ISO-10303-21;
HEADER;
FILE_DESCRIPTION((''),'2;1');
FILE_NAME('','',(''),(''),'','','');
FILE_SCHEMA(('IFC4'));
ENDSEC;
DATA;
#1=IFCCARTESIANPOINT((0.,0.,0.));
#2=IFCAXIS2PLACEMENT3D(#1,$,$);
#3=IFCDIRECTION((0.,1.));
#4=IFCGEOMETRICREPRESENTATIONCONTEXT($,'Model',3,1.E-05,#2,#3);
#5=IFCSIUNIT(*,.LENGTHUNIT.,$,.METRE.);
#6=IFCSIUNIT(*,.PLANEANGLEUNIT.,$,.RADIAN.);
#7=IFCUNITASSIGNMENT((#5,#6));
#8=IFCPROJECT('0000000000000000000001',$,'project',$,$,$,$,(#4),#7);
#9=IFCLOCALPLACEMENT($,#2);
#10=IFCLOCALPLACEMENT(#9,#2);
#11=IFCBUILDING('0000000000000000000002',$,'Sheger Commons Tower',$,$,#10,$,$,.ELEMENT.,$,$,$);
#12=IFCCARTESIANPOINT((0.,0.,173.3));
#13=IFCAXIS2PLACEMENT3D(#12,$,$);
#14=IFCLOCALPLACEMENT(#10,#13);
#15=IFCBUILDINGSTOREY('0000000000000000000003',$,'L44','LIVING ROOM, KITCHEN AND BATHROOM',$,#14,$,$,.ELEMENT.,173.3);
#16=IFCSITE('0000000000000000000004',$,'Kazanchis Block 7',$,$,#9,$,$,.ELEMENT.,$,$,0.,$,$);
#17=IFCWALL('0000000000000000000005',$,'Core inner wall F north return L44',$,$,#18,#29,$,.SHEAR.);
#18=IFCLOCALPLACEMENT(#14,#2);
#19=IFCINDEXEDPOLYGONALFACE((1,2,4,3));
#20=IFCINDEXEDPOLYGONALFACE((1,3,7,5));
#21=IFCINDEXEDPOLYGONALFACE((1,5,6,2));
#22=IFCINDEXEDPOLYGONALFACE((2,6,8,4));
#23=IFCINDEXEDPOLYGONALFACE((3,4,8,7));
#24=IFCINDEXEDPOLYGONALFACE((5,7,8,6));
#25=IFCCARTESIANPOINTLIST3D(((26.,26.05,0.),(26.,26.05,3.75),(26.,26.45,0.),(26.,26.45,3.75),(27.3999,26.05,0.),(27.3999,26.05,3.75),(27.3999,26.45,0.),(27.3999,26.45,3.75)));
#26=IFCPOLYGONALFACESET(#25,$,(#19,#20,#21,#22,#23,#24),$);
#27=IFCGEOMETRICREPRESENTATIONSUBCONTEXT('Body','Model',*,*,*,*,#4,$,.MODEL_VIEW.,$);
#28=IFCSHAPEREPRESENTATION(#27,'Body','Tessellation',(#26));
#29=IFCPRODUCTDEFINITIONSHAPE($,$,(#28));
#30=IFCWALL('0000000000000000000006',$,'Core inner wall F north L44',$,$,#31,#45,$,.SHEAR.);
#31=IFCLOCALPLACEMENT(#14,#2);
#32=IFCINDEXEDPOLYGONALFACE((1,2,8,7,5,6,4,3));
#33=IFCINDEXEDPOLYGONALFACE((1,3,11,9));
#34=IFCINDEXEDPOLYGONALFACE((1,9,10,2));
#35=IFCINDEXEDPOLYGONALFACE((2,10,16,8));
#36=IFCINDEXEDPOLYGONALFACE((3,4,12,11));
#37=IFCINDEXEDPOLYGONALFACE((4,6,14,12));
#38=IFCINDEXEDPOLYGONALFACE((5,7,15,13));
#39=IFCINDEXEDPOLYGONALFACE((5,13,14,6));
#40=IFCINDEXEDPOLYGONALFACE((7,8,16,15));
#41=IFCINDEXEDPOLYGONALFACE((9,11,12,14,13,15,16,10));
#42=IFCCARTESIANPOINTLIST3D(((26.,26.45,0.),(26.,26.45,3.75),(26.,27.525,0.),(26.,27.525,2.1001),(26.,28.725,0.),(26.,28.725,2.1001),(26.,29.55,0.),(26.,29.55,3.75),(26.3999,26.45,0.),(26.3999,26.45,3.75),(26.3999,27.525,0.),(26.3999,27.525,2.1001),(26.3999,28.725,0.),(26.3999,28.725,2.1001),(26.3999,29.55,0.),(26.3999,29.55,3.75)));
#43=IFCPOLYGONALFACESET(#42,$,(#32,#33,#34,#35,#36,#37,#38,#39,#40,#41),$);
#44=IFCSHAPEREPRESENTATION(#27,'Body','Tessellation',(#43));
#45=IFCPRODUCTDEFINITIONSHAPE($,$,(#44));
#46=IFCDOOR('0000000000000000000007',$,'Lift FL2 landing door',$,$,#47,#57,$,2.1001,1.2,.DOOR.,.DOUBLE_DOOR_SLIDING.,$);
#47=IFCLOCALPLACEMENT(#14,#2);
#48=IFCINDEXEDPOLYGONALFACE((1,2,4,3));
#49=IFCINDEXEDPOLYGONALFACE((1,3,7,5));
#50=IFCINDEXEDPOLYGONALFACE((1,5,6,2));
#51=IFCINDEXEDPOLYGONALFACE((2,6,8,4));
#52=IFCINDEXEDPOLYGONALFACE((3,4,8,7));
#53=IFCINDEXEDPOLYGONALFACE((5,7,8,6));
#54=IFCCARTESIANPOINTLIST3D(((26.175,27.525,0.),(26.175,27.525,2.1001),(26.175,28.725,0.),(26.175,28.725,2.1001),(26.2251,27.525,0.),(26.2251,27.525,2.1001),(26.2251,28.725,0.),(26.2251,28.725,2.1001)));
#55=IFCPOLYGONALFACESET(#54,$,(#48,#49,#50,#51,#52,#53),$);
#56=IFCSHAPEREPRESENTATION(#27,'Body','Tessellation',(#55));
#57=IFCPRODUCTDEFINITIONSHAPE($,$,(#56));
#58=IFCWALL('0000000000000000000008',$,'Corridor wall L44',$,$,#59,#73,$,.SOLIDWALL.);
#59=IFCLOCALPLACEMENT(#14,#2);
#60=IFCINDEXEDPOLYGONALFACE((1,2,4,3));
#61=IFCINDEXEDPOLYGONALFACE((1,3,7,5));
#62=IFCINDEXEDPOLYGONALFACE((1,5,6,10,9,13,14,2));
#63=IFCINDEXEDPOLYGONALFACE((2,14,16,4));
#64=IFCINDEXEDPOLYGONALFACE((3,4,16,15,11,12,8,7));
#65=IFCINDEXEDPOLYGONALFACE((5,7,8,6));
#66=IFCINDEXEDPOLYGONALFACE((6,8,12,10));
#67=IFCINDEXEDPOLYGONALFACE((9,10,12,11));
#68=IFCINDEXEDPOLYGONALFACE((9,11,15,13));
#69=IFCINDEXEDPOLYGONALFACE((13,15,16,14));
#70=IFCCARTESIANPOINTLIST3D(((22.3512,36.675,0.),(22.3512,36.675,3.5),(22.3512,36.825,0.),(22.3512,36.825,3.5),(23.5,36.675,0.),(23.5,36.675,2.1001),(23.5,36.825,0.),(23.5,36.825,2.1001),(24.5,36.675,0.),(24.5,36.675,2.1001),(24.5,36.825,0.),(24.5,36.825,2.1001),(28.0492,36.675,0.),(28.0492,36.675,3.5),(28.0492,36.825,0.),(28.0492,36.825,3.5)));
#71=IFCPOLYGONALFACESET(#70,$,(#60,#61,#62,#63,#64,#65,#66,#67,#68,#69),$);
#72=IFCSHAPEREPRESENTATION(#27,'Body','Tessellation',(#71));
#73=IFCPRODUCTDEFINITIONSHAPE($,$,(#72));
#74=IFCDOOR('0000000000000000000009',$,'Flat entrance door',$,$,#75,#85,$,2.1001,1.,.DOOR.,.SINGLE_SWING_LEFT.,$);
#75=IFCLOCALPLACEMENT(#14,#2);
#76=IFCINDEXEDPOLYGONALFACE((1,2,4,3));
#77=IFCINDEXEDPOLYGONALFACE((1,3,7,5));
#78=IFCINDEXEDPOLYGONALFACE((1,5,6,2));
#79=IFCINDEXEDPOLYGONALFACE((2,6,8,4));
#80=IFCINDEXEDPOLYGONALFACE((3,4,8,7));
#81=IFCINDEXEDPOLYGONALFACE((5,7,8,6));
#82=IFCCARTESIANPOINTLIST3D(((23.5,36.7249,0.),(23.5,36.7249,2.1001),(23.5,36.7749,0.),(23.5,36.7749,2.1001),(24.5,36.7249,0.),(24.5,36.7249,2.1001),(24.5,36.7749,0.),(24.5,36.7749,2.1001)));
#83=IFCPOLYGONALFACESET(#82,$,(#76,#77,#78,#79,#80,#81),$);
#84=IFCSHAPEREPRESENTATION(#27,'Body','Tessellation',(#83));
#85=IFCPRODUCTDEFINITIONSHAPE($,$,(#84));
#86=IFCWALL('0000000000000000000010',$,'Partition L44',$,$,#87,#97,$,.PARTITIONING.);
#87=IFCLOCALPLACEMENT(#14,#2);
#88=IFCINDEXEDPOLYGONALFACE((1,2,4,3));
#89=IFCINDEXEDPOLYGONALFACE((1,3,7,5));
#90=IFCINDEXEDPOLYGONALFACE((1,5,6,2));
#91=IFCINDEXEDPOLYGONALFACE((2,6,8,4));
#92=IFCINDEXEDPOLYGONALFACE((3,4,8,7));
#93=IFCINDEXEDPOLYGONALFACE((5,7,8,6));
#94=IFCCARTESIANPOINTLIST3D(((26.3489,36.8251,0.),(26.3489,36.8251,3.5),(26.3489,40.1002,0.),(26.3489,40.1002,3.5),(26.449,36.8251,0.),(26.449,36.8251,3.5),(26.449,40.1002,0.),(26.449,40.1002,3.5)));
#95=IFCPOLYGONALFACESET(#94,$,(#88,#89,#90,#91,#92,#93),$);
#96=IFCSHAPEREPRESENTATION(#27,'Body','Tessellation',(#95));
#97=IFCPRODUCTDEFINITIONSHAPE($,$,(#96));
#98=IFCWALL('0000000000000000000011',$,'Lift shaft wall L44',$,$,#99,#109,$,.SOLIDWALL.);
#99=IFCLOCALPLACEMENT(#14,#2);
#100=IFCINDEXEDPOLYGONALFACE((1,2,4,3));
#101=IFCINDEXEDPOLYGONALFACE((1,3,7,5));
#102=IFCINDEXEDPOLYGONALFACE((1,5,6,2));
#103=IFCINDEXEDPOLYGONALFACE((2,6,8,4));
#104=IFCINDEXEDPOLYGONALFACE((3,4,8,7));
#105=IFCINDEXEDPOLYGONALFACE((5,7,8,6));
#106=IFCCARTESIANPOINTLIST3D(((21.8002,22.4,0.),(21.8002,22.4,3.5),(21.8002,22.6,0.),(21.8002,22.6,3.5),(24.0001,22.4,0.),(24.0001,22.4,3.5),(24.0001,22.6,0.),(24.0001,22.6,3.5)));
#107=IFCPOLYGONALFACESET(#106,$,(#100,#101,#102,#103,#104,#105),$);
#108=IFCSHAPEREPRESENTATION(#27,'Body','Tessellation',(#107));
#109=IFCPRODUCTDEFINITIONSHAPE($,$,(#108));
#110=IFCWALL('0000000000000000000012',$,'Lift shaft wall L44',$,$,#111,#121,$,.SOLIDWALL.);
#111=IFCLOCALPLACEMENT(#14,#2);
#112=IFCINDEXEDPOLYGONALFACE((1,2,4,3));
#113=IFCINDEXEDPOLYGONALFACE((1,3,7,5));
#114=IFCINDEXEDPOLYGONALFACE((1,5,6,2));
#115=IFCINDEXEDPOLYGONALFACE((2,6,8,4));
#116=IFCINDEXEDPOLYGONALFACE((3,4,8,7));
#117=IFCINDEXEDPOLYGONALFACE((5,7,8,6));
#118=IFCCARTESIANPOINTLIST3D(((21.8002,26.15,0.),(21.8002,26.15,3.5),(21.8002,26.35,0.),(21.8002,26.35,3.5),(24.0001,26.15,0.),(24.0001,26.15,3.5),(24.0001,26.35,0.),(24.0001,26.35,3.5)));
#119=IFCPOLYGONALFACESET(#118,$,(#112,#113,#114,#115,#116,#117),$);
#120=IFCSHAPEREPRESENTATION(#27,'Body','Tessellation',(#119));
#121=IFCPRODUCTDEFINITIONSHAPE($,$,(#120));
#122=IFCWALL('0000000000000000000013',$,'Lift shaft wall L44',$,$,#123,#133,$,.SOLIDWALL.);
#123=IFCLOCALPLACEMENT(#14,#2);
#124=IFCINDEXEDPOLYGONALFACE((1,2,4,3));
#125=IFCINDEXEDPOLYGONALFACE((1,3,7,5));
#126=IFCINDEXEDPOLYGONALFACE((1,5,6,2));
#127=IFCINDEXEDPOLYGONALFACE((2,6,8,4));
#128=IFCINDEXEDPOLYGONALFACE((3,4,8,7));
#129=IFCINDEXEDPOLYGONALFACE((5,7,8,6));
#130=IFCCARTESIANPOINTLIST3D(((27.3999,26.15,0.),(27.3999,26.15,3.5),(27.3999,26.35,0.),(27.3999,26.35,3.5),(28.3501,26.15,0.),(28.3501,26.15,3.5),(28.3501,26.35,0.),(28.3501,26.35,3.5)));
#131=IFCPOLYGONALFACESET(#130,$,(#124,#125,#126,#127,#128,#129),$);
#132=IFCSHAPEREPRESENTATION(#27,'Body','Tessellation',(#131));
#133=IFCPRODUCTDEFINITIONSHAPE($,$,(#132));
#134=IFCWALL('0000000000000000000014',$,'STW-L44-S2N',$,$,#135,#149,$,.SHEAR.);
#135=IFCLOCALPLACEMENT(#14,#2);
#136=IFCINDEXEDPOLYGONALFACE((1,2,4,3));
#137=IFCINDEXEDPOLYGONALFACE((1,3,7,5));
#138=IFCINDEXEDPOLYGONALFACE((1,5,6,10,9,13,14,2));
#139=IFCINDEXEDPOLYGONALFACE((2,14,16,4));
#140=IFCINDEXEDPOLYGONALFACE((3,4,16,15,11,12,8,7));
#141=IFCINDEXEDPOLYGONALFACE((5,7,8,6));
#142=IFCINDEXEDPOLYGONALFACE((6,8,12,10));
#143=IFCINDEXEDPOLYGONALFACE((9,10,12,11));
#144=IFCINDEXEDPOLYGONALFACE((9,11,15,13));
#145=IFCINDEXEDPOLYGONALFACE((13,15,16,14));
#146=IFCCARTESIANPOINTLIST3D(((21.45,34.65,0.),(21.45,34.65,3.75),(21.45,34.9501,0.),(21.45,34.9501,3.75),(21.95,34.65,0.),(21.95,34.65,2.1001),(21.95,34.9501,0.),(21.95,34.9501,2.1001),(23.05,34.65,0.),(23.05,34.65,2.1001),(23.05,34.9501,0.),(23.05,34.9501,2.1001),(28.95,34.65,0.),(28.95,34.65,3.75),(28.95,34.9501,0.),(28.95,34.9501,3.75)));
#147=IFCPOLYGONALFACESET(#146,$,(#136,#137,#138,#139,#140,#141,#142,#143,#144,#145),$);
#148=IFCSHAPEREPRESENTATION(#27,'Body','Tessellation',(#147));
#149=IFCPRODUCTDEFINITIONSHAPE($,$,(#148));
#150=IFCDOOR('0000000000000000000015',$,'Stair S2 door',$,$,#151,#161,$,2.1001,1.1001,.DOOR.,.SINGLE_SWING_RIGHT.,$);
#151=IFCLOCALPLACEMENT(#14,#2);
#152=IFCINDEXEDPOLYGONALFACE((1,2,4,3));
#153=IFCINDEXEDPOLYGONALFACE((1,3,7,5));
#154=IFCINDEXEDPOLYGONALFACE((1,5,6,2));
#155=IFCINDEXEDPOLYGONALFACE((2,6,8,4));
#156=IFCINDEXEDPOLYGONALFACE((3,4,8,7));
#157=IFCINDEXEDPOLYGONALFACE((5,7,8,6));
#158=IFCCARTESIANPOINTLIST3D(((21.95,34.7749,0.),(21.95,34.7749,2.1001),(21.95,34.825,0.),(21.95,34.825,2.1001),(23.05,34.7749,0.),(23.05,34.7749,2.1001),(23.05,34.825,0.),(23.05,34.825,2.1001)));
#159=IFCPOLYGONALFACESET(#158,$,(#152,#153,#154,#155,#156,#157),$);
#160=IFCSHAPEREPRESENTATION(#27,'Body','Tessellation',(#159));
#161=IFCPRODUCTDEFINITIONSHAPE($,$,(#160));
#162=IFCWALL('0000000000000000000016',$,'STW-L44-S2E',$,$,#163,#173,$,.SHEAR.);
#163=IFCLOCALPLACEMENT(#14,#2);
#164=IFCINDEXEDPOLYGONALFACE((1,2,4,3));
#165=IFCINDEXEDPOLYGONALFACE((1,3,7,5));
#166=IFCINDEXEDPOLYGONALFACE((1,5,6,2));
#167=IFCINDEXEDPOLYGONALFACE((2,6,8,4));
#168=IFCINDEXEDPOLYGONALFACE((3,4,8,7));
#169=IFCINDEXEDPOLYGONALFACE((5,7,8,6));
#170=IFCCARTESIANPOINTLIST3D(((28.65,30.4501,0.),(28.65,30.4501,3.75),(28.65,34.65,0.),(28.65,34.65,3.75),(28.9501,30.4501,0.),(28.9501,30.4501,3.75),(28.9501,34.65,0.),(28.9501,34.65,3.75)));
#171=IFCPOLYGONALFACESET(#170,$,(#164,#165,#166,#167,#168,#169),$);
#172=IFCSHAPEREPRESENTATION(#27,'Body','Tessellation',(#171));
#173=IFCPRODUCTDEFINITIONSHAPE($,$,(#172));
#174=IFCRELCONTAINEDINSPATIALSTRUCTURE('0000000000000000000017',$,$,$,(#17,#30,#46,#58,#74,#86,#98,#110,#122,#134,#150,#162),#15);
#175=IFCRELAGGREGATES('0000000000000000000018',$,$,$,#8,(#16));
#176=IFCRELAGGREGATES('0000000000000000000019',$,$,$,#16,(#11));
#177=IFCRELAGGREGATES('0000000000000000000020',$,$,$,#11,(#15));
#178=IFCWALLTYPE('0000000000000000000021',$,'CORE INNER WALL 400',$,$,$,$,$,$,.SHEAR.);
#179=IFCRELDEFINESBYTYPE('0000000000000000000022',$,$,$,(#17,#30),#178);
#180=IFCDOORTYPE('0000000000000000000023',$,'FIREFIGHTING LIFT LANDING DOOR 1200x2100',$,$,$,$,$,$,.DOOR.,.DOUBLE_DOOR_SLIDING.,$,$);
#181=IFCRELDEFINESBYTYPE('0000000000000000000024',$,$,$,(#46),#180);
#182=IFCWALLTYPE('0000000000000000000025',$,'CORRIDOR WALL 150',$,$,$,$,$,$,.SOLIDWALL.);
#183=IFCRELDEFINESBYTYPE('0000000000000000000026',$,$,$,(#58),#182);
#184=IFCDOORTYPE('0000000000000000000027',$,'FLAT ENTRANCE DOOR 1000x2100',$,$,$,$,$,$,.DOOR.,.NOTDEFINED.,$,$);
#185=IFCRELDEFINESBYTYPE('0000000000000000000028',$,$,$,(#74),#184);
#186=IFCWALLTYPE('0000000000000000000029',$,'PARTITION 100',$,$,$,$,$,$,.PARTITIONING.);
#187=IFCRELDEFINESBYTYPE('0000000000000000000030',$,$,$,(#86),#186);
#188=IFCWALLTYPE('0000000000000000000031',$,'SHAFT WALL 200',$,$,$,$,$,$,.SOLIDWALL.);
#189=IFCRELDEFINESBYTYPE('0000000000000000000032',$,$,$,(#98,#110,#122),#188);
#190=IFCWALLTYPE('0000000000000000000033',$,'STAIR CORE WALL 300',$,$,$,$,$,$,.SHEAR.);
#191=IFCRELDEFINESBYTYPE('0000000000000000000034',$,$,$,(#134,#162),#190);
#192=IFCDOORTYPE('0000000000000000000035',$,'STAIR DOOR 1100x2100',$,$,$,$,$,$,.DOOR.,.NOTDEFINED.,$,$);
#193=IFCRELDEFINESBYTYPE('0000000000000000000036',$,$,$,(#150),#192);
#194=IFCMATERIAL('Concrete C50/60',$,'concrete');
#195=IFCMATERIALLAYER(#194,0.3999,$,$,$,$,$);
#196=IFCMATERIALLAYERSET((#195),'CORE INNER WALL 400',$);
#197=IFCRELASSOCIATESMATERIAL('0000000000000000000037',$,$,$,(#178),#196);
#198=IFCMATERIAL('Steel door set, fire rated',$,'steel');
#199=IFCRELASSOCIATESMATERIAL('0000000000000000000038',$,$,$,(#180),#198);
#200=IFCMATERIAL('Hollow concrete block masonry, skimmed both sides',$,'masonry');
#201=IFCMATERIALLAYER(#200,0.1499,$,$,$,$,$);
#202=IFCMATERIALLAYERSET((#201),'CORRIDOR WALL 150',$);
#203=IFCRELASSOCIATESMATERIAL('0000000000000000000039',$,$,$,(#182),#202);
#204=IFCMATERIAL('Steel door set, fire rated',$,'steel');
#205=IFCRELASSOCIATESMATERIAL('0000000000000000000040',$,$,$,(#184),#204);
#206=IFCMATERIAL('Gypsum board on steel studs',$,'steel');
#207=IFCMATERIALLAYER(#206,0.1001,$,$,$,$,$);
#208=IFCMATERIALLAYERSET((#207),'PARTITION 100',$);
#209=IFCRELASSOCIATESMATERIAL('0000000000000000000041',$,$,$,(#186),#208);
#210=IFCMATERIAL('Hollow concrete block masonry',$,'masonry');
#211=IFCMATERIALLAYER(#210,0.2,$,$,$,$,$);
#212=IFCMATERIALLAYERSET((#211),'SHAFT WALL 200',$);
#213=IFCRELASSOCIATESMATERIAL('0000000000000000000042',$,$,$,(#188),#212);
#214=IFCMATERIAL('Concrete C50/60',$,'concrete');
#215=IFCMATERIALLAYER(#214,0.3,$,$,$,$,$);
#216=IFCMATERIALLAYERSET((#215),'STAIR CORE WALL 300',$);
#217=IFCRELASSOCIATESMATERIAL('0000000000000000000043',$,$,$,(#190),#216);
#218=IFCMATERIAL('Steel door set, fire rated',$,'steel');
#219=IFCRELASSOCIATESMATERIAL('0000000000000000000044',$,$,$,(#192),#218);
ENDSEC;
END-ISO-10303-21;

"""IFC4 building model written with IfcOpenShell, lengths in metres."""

from ifc_helpers import new_model, si_unit, direction, frame, frame_2d, origin, place, context, subcontext, project, spatial, rectangle, extrude, material, layer, layer_set, type_object, element, fill, save


model = new_model("IFC4")

# Units and contexts
model_context = context("Model", 3, precision=1e-05, world=origin(), true_north=direction((0.0, 1.0)))
body_context = subcontext(model_context, "Body", "Model", "MODEL_VIEW")
ifc_project = project(units=[si_unit("LENGTHUNIT", "METRE"), si_unit("PLANEANGLEUNIT", "RADIAN")], contexts=[model_context])

# Site, building, storey
site_placement = place(None, origin())
site = spatial("IfcSite", under=ifc_project, at=site_placement, Name="Kazanchis Block 7", CompositionType="ELEMENT", RefElevation=0.0)
building_placement = place(site_placement, origin())
building = spatial("IfcBuilding", under=site, at=building_placement, Name="Sheger Commons Tower", CompositionType="ELEMENT")
storey_placement = place(building_placement, frame((0.0, 0.0, 173.3)))
storey = spatial("IfcBuildingStorey", under=building, at=storey_placement, Name="L44", Description="LIVING ROOM, KITCHEN AND BATHROOM", CompositionType="ELEMENT", Elevation=173.3)

# Wall
ifc_material_1 = material(Name="Concrete C50/60", Category="concrete")
ifc_layer_1 = layer(ifc_material_1, 0.3999)
ifc_layer_set_1 = layer_set([ifc_layer_1], Name="CORE INNER WALL 400")
wall_type_1 = type_object("IfcWallType", Name="CORE INNER WALL 400", PredefinedType="SHEAR", material=ifc_layer_set_1)
wall_1_placement = place(storey_placement, frame((26.0, 26.25, 0.0), z_axis=(0.0, 0.0, 1.0), x_axis=(1.0, 0.0, 0.0)))
element("IfcWall", 1, at=wall_1_placement, inside=storey, type_object=wall_type_1, Name="Core inner wall F north return L44", PredefinedType="SHEAR", context=body_context, shape_type="SweptSolid", body=[
    extrude(rectangle(XDim=1.3999, YDim=0.3999, at=frame_2d((0.7, 0.0))), origin(), (0.0, 0.0, 1.0), 3.75),
])

# Walls, openings, doors
wall_2_placement = place(storey_placement, frame((26.2, 26.45, 0.0), z_axis=(0.0, 0.0, 1.0), x_axis=(0.0, 1.0, 0.0)))
wall_2 = element("IfcWall", 2, at=wall_2_placement, inside=storey, type_object=wall_type_1, Name="Core inner wall F north L44", PredefinedType="SHEAR", context=body_context, shape_type="SweptSolid", body=[
    extrude(rectangle(XDim=3.1001, YDim=0.3999, at=frame_2d((1.55, 0.0))), origin(), (0.0, 0.0, 1.0), 3.75),
])
opening_1_placement = place(wall_2_placement, frame((1.075, 0.0, 0.0)))
opening_1 = element("IfcOpeningElement", 3, at=opening_1_placement, cuts=wall_2, PredefinedType="OPENING", context=body_context, shape_type="SweptSolid", body=[
    extrude(rectangle(XDim=1.2, YDim=2.1001, at=frame_2d((0.6001, 1.05))), frame((0.0, 0.21, 0.0), z_axis=(0.0, -1.0, 0.0), x_axis=(1.0, 0.0, 0.0)), (0.0, 0.0, 1.0), 0.4199),
])
ifc_material_2 = material(Name="Steel door set, fire rated", Category="steel")
door_type_1 = type_object("IfcDoorType", Name="FIREFIGHTING LIFT LANDING DOOR 1200x2100", OperationType="DOUBLE_DOOR_SLIDING", PredefinedType="DOOR", material=ifc_material_2)
door_1_placement = place(opening_1_placement, origin())
door_1 = element("IfcDoor", 4, at=door_1_placement, inside=storey, type_object=door_type_1, Name="Lift FL2 landing door", OperationType="DOUBLE_DOOR_SLIDING", OverallHeight=2.1001, OverallWidth=1.2, PredefinedType="DOOR", context=body_context, shape_type="SweptSolid", body=[
    extrude(rectangle(XDim=1.2, YDim=2.1001, at=frame_2d((0.6001, 1.05))), frame((0.0, 0.0249, 0.0), z_axis=(0.0, -1.0, 0.0), x_axis=(1.0, 0.0, 0.0)), (0.0, 0.0, 1.0), 0.05),
])
fill(opening_1, door_1)
ifc_material_3 = material(Name="Hollow concrete block masonry, skimmed both sides", Category="masonry")
ifc_layer_2 = layer(ifc_material_3, 0.1499)
ifc_layer_set_2 = layer_set([ifc_layer_2], Name="CORRIDOR WALL 150")
wall_type_2 = type_object("IfcWallType", Name="CORRIDOR WALL 150", PredefinedType="SOLIDWALL", material=ifc_layer_set_2)
wall_3_placement = place(storey_placement, frame((22.3511, 36.75, 0.0), z_axis=(0.0, 0.0, 1.0), x_axis=(1.0, 0.0, 0.0)))
wall_3 = element("IfcWall", 5, at=wall_3_placement, inside=storey, type_object=wall_type_2, Name="Corridor wall L44", PredefinedType="SOLIDWALL", context=body_context, shape_type="SweptSolid", body=[
    extrude(rectangle(XDim=5.698, YDim=0.1499, at=frame_2d((2.8491, 0.0))), origin(), (0.0, 0.0, 1.0), 3.5),
])
opening_2_placement = place(wall_3_placement, frame((1.1489, 0.0, 0.0)))
opening_2 = element("IfcOpeningElement", 6, at=opening_2_placement, cuts=wall_3, PredefinedType="OPENING", context=body_context, shape_type="SweptSolid", body=[
    extrude(rectangle(XDim=1.0, YDim=2.1001, at=frame_2d((0.5, 1.05))), frame((0.0, 0.085, 0.0), z_axis=(0.0, -1.0, 0.0), x_axis=(1.0, 0.0, 0.0)), (0.0, 0.0, 1.0), 0.1699),
])
ifc_material_4 = material(Name="Steel door set, fire rated", Category="steel")
door_type_2 = type_object("IfcDoorType", Name="FLAT ENTRANCE DOOR 1000x2100", OperationType="NOTDEFINED", PredefinedType="DOOR", material=ifc_material_4)
door_2_placement = place(opening_2_placement, origin())
door_2 = element("IfcDoor", 7, at=door_2_placement, inside=storey, type_object=door_type_2, Name="Flat entrance door", OperationType="SINGLE_SWING_LEFT", OverallHeight=2.1001, OverallWidth=1.0, PredefinedType="DOOR", context=body_context, shape_type="SweptSolid", body=[
    extrude(rectangle(XDim=1.0, YDim=2.1001, at=frame_2d((0.5, 1.05))), frame((0.0, 0.0249, 0.0), z_axis=(0.0, -1.0, 0.0), x_axis=(1.0, 0.0, 0.0)), (0.0, 0.0, 1.0), 0.05),
])
fill(opening_2, door_2)

# Walls
ifc_material_5 = material(Name="Gypsum board on steel studs", Category="steel")
ifc_layer_3 = layer(ifc_material_5, 0.1001)
ifc_layer_set_3 = layer_set([ifc_layer_3], Name="PARTITION 100")
wall_type_3 = type_object("IfcWallType", Name="PARTITION 100", PredefinedType="PARTITIONING", material=ifc_layer_set_3)
wall_4_placement = place(storey_placement, frame((26.3989, 36.825, 0.0), z_axis=(0.0, 0.0, 1.0), x_axis=(0.0, 1.0, 0.0)))
element("IfcWall", 8, at=wall_4_placement, inside=storey, type_object=wall_type_3, Name="Partition L44", PredefinedType="PARTITIONING", context=body_context, shape_type="SweptSolid", body=[
    extrude(rectangle(XDim=3.2751, YDim=0.1001, at=frame_2d((1.6377, 0.0))), origin(), (0.0, 0.0, 1.0), 3.5),
])
ifc_material_6 = material(Name="Hollow concrete block masonry", Category="masonry")
ifc_layer_4 = layer(ifc_material_6, 0.2)
ifc_layer_set_4 = layer_set([ifc_layer_4], Name="SHAFT WALL 200")
wall_type_4 = type_object("IfcWallType", Name="SHAFT WALL 200", PredefinedType="SOLIDWALL", material=ifc_layer_set_4)
for number, where, z_axis, x_axis, name in (
    (9, (21.8, 22.5, 0.0), (0.0, 0.0, 1.0), (1.0, 0.0, 0.0), "Lift shaft wall L44"),
    (10, (21.8, 26.25, 0.0), (0.0, 0.0, 1.0), (1.0, 0.0, 0.0), "Lift shaft wall L44"),
):
    element("IfcWall", number, at=place(storey_placement, frame(where, z_axis=z_axis, x_axis=x_axis)), inside=storey, type_object=wall_type_4, Name=name, PredefinedType="SOLIDWALL", context=body_context, shape_type="SweptSolid", body=[
        extrude(rectangle(XDim=2.2, YDim=0.2, at=frame_2d((1.1001, 0.0))), origin(), (0.0, 0.0, 1.0), 3.5),
    ])
wall_5_placement = place(storey_placement, frame((27.3999, 26.25, 0.0), z_axis=(0.0, 0.0, 1.0), x_axis=(1.0, 0.0, 0.0)))
element("IfcWall", 11, at=wall_5_placement, inside=storey, type_object=wall_type_4, Name="Lift shaft wall L44", PredefinedType="SOLIDWALL", context=body_context, shape_type="SweptSolid", body=[
    extrude(rectangle(XDim=0.9502, YDim=0.2, at=frame_2d((0.4751, 0.0))), origin(), (0.0, 0.0, 1.0), 3.5),
])

# Wall, opening, door
ifc_material_7 = material(Name="Concrete C50/60", Category="concrete")
ifc_layer_5 = layer(ifc_material_7, 0.3)
ifc_layer_set_5 = layer_set([ifc_layer_5], Name="STAIR CORE WALL 300")
wall_type_5 = type_object("IfcWallType", Name="STAIR CORE WALL 300", PredefinedType="SHEAR", material=ifc_layer_set_5)
wall_6_placement = place(storey_placement, frame((21.45, 34.8, 0.0), z_axis=(0.0, 0.0, 1.0), x_axis=(1.0, 0.0, 0.0)))
wall_6 = element("IfcWall", 12, at=wall_6_placement, inside=storey, type_object=wall_type_5, Name="STW-L44-S2N", PredefinedType="SHEAR", context=body_context, shape_type="SweptSolid", body=[
    extrude(rectangle(XDim=7.5, YDim=0.3, at=frame_2d((3.75, 0.0))), origin(), (0.0, 0.0, 1.0), 3.75),
])
opening_3_placement = place(wall_6_placement, frame((0.5, 0.0, 0.0)))
opening_3 = element("IfcOpeningElement", 13, at=opening_3_placement, cuts=wall_6, PredefinedType="OPENING", context=body_context, shape_type="SweptSolid", body=[
    extrude(rectangle(XDim=1.1001, YDim=2.1001, at=frame_2d((0.55, 1.05))), frame((0.0, 0.1599, 0.0), z_axis=(0.0, -1.0, 0.0), x_axis=(1.0, 0.0, 0.0)), (0.0, 0.0, 1.0), 0.3201),
])
ifc_material_8 = material(Name="Steel door set, fire rated", Category="steel")
door_type_3 = type_object("IfcDoorType", Name="STAIR DOOR 1100x2100", OperationType="NOTDEFINED", PredefinedType="DOOR", material=ifc_material_8)
door_3_placement = place(opening_3_placement, origin())
door_3 = element("IfcDoor", 14, at=door_3_placement, inside=storey, type_object=door_type_3, Name="Stair S2 door", OperationType="SINGLE_SWING_RIGHT", OverallHeight=2.1001, OverallWidth=1.1001, PredefinedType="DOOR", context=body_context, shape_type="SweptSolid", body=[
    extrude(rectangle(XDim=1.1001, YDim=2.1001, at=frame_2d((0.55, 1.05))), frame((0.0, 0.0249, 0.0), z_axis=(0.0, -1.0, 0.0), x_axis=(1.0, 0.0, 0.0)), (0.0, 0.0, 1.0), 0.05),
])
fill(opening_3, door_3)

# Wall
wall_7_placement = place(storey_placement, frame((28.8, 30.45, 0.0), z_axis=(0.0, 0.0, 1.0), x_axis=(0.0, 1.0, 0.0)))
element("IfcWall", 15, at=wall_7_placement, inside=storey, type_object=wall_type_5, Name="STW-L44-S2E", PredefinedType="SHEAR", context=body_context, shape_type="SweptSolid", body=[
    extrude(rectangle(XDim=4.2, YDim=0.3, at=frame_2d((2.1001, 0.0))), origin(), (0.0, 0.0, 1.0), 3.75),
])

save(model, "model.ifc")
